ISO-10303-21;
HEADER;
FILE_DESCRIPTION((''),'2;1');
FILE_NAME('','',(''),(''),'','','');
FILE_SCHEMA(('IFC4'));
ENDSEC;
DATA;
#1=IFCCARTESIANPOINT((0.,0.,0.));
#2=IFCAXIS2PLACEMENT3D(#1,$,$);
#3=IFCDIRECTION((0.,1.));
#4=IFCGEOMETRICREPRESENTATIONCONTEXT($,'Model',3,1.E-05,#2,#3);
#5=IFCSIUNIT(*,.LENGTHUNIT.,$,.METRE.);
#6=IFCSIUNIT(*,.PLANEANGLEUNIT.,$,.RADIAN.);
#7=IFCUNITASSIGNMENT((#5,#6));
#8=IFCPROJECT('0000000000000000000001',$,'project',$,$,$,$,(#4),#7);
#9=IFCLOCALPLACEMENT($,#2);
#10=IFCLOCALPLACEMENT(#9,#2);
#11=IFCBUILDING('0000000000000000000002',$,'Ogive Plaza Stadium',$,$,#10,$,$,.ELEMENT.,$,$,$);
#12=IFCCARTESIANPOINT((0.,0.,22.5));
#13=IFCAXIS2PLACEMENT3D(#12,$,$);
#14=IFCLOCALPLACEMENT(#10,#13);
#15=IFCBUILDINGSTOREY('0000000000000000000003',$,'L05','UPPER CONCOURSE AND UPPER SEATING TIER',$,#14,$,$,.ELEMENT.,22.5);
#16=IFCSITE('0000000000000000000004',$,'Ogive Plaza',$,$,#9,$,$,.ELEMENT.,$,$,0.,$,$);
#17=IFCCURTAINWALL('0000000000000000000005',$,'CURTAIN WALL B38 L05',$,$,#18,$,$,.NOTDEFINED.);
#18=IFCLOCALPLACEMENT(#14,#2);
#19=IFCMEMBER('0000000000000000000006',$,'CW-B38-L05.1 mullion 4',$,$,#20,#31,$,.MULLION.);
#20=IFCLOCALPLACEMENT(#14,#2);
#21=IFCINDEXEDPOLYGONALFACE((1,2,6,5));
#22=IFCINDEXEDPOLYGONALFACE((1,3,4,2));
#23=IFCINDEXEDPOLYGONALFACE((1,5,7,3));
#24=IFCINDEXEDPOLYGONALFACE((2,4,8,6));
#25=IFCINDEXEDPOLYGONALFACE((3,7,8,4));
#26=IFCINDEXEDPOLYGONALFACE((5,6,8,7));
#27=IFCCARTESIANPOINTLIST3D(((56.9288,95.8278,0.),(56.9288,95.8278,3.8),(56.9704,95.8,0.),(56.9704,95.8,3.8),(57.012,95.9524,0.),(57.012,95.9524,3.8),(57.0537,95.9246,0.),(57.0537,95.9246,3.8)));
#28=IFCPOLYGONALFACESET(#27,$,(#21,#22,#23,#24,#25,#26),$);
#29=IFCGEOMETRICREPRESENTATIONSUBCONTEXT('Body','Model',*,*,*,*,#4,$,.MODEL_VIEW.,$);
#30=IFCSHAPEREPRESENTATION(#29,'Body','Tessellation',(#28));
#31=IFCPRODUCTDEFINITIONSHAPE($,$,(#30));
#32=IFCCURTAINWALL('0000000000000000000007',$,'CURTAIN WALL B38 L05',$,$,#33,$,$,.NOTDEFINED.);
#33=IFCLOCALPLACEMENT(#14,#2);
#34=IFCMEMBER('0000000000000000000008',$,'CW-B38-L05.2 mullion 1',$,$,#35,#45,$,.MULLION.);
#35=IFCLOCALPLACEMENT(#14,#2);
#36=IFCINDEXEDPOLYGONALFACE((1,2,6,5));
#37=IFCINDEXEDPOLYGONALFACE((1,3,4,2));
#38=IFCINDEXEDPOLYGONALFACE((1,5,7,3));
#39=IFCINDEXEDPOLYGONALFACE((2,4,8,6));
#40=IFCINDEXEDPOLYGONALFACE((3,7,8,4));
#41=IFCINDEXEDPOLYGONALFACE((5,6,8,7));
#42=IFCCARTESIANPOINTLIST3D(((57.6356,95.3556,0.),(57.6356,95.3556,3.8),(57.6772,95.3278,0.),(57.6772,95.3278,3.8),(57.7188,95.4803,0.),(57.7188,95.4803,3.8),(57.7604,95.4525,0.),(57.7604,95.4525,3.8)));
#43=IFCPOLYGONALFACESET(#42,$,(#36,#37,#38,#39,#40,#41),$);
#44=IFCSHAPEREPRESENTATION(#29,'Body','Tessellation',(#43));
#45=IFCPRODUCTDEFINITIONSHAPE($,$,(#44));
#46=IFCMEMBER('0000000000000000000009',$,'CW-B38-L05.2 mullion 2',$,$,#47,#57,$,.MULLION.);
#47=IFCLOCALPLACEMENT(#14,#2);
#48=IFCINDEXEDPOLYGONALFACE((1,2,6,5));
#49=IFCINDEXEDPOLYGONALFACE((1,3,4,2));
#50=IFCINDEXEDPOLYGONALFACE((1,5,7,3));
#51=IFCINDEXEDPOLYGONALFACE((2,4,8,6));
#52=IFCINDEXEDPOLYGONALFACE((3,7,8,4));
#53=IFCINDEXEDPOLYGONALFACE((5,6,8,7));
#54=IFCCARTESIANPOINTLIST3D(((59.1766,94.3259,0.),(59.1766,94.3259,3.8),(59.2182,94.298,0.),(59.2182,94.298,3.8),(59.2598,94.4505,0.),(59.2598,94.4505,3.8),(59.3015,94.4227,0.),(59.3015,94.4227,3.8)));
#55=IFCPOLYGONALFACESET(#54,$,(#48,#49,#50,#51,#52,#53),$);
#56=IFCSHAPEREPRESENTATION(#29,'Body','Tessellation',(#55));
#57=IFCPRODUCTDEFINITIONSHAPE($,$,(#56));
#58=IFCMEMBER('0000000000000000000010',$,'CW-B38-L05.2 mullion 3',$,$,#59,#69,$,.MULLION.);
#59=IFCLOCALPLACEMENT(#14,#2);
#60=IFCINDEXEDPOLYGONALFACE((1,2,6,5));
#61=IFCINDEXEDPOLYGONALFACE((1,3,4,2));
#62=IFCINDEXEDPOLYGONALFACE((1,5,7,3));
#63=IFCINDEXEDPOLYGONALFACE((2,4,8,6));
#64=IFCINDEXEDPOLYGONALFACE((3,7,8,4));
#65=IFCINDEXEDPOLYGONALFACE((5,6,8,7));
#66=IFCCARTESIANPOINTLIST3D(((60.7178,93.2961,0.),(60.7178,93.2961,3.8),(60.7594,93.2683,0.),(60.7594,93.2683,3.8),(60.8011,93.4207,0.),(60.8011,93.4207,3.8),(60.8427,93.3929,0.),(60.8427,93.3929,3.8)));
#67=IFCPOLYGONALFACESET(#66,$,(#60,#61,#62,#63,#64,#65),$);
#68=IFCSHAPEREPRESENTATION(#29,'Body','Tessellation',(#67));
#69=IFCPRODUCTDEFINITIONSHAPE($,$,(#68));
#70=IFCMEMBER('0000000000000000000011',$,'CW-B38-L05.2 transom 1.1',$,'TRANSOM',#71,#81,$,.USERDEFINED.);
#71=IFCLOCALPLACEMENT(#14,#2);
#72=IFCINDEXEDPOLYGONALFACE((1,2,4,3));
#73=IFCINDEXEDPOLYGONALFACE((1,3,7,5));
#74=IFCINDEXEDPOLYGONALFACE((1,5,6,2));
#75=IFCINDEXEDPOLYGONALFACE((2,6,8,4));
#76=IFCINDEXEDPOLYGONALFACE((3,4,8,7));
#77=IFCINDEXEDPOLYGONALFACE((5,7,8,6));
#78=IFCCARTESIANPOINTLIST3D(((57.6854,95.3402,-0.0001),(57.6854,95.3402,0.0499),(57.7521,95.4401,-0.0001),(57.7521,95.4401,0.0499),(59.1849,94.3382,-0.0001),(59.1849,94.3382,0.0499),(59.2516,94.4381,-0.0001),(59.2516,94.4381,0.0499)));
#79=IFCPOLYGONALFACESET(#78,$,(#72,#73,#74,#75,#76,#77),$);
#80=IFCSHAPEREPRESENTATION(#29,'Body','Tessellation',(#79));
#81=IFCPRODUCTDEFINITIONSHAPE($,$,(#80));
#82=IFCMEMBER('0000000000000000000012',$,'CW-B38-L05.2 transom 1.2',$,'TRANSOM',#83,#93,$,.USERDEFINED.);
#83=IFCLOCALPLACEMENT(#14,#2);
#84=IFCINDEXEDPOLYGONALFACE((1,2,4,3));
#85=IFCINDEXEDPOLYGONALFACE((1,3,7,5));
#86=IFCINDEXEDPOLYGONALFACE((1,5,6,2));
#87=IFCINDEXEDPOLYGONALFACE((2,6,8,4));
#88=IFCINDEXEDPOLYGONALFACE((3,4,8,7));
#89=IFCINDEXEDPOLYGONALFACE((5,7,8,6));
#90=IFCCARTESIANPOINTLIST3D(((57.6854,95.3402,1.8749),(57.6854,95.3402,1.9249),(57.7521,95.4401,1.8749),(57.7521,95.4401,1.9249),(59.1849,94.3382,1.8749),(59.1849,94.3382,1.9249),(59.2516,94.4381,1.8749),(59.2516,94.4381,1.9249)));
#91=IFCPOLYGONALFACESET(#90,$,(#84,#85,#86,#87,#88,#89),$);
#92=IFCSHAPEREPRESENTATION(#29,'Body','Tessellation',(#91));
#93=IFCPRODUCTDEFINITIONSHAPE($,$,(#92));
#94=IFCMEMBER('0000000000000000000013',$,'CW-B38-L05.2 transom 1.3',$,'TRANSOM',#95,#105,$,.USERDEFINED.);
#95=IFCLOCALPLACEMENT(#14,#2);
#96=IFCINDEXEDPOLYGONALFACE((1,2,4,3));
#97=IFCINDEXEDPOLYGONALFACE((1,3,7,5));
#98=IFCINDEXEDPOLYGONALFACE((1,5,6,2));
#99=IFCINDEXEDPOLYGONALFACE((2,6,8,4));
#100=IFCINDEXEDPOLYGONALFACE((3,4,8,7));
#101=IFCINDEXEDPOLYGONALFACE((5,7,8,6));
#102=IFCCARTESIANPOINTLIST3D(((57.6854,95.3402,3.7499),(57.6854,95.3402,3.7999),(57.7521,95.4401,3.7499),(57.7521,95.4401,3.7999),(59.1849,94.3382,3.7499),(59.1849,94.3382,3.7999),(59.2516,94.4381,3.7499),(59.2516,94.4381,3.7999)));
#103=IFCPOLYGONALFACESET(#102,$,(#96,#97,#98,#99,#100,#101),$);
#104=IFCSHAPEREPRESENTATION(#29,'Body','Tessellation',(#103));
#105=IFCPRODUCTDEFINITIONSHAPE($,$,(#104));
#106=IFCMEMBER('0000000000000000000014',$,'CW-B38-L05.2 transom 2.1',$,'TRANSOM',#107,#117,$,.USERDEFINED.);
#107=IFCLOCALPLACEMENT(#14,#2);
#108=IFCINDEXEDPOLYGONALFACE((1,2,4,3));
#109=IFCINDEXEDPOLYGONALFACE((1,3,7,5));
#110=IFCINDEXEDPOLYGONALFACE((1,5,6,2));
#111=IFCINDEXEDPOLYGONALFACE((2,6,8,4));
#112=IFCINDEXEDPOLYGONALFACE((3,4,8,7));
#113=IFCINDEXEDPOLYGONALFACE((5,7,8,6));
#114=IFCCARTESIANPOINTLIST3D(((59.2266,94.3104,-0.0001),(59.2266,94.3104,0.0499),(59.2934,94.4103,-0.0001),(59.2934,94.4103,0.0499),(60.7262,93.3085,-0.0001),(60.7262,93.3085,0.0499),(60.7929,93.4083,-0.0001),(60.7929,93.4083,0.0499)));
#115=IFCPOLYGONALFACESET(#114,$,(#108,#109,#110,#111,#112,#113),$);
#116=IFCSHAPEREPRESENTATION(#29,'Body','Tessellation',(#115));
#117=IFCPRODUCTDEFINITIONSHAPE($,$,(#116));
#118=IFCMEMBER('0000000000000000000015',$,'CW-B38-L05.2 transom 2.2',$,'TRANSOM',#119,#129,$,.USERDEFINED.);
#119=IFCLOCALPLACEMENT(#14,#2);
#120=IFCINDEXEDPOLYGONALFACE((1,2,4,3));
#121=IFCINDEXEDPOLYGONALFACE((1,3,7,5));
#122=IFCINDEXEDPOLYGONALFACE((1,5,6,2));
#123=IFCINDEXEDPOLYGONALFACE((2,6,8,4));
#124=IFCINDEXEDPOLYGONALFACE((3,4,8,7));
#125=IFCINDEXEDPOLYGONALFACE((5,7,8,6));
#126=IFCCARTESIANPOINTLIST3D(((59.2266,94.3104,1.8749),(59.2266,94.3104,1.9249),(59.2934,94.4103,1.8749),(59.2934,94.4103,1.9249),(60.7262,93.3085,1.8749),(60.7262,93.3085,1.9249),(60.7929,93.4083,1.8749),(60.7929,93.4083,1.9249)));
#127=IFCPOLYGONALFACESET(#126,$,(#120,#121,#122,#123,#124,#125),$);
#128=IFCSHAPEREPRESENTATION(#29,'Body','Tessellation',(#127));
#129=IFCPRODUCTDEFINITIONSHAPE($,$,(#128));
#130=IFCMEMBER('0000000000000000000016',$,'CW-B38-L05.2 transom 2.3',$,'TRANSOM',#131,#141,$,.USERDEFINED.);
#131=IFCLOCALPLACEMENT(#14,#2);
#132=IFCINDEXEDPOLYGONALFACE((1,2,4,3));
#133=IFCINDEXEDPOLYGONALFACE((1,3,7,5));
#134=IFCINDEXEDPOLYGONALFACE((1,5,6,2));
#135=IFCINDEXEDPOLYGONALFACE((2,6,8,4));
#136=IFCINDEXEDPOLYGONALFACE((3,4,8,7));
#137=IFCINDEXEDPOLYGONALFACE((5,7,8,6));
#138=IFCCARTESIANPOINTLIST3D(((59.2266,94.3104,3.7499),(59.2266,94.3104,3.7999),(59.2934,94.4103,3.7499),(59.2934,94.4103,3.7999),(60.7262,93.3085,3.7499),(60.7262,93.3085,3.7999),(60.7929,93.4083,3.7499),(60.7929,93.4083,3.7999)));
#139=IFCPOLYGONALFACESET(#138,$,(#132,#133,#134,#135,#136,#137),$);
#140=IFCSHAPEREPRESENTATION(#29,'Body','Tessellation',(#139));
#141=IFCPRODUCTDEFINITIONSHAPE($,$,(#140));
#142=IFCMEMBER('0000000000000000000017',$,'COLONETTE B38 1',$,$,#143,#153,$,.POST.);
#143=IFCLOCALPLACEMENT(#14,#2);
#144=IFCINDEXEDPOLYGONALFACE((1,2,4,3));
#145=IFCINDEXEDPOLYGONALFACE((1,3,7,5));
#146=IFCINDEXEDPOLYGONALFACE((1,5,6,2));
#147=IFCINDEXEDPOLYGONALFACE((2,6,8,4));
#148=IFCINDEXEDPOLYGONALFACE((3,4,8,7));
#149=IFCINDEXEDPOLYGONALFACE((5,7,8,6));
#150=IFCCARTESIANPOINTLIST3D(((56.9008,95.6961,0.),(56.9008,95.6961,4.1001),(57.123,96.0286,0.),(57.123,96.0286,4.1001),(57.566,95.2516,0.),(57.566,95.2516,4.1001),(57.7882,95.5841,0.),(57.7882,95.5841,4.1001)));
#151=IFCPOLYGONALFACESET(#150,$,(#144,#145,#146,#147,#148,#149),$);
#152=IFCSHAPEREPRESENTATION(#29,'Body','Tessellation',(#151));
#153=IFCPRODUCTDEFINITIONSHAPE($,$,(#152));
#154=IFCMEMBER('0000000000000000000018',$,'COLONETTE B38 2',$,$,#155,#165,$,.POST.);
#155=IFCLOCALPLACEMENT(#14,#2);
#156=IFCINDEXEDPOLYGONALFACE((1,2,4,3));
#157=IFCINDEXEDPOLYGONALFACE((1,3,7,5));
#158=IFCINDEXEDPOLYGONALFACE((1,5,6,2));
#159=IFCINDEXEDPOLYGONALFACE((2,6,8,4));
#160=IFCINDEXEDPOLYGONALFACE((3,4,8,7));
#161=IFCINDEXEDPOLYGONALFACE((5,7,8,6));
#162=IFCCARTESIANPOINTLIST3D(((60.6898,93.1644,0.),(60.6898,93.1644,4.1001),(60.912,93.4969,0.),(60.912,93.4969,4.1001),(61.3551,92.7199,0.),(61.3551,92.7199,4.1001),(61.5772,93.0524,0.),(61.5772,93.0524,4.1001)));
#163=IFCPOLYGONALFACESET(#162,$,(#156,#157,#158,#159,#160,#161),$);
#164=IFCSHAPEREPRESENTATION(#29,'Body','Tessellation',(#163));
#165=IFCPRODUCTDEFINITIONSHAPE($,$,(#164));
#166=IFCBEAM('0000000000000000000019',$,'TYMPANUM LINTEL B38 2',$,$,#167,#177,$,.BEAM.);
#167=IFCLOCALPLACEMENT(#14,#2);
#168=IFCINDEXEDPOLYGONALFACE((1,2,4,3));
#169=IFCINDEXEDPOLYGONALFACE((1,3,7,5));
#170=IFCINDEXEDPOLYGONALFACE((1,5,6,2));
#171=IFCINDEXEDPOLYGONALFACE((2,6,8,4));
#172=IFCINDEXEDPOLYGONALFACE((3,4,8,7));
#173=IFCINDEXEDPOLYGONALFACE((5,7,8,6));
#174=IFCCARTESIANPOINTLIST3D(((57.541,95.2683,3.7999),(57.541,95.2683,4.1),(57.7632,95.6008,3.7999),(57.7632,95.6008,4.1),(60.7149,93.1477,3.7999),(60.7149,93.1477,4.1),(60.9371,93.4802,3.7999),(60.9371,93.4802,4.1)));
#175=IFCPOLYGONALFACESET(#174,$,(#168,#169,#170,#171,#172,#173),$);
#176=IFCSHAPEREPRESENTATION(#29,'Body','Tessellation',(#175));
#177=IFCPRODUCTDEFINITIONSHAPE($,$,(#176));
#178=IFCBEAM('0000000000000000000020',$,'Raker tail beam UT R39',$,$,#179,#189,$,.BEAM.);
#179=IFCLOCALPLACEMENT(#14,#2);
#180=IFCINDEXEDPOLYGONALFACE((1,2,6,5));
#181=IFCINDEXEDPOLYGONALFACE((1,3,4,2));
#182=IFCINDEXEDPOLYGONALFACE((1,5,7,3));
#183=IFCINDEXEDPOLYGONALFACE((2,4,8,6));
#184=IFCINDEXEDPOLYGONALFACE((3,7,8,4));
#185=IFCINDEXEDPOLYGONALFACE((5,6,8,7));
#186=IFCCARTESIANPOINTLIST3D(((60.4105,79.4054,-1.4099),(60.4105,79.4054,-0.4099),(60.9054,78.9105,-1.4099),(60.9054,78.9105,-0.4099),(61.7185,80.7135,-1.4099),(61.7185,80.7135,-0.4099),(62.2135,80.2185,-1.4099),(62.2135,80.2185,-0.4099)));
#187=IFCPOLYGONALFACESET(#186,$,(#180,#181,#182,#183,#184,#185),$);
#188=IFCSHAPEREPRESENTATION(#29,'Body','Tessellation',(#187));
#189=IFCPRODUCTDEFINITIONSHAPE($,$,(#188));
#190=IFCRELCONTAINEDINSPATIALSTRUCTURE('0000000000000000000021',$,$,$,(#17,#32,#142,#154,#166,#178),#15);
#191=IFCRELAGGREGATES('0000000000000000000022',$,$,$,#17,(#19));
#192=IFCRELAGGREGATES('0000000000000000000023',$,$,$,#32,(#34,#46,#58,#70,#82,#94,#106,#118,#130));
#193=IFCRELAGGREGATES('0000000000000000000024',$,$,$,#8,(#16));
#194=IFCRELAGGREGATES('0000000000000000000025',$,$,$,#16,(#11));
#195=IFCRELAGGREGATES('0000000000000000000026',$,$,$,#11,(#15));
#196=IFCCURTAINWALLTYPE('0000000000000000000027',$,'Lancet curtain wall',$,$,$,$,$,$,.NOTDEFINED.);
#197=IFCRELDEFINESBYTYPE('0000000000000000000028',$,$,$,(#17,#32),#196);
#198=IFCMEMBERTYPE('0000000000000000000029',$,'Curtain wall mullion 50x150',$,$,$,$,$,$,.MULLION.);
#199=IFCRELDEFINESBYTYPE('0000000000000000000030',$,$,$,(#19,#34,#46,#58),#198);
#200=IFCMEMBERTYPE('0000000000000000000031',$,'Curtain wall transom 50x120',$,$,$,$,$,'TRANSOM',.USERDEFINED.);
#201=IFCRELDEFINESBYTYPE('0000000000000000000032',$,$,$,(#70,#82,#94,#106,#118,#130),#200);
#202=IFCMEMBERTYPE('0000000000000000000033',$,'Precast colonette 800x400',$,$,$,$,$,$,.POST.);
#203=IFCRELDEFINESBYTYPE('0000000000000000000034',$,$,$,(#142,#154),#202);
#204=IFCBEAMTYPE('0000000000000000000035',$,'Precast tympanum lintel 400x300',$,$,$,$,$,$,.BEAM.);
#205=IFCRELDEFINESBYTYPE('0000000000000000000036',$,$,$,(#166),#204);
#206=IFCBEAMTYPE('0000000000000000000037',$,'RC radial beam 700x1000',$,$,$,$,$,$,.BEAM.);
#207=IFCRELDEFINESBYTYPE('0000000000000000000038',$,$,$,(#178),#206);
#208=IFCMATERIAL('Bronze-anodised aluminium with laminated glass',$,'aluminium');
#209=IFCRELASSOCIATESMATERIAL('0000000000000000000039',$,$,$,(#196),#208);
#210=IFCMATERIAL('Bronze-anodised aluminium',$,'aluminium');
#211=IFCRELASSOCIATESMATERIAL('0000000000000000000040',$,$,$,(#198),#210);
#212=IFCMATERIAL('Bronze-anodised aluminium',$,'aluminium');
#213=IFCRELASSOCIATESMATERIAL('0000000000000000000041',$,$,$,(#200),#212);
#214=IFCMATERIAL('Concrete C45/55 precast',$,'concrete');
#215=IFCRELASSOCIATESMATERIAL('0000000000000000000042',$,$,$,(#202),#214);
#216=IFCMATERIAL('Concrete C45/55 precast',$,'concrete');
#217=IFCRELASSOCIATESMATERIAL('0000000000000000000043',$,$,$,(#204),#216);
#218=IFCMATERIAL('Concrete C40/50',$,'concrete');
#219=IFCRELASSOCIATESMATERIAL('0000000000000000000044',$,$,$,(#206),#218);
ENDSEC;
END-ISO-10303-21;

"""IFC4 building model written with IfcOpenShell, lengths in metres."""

from ifc_helpers import new_model, si_unit, direction, frame, origin, origin_2d, place, context, subcontext, project, spatial, rectangle, extrude, material, material_profile, profile_set, type_object, element, aggregate, save


model = new_model("IFC4")

# Units and contexts
model_context = context("Model", 3, precision=1e-05, world=origin(), true_north=direction((0.0, 1.0)))
body_context = subcontext(model_context, "Body", "Model", "MODEL_VIEW")
ifc_project = project(units=[si_unit("LENGTHUNIT", "METRE"), si_unit("PLANEANGLEUNIT", "RADIAN")], contexts=[model_context])

# Site, building, storey
site_placement = place(None, origin())
site = spatial("IfcSite", under=ifc_project, at=site_placement, Name="Ogive Plaza", CompositionType="ELEMENT", RefElevation=0.0)
building_placement = place(site_placement, origin())
building = spatial("IfcBuilding", under=site, at=building_placement, Name="Ogive Plaza Stadium", CompositionType="ELEMENT")
storey_placement = place(building_placement, frame((0.0, 0.0, 22.5)))
storey = spatial("IfcBuildingStorey", under=building, at=storey_placement, Name="L05", Description="UPPER CONCOURSE AND UPPER SEATING TIER", CompositionType="ELEMENT", Elevation=22.5)

# Curtain wall, member
ifc_material_1 = material(Name="Bronze-anodised aluminium with laminated glass", Category="aluminium")
curtain_wall_type = type_object("IfcCurtainWallType", Name="Lancet curtain wall", PredefinedType="NOTDEFINED", material=ifc_material_1)
curtain_wall_1_placement = place(storey_placement, origin())
curtain_wall_1 = element("IfcCurtainWall", 1, at=curtain_wall_1_placement, inside=storey, type_object=curtain_wall_type, Name="CURTAIN WALL B38 L05", PredefinedType="NOTDEFINED")
ifc_material_2 = material(Name="Bronze-anodised aluminium", Category="aluminium")
ifc_material_profile_1 = material_profile(ifc_material_2, rectangle(XDim=0.1499, YDim=0.05, at=origin_2d()), Name="AL 150x50")
ifc_profile_set_1 = profile_set([ifc_material_profile_1], Name="Bronze-anodised aluminium")
member_type_1 = type_object("IfcMemberType", Name="Curtain wall mullion 50x150", PredefinedType="MULLION", material=ifc_profile_set_1)
member_1_placement = place(storey_placement, frame((56.9912, 95.8762, 0.0), z_axis=(0.0, 0.0, 1.0), x_axis=(0.55557, 0.83147, 0.0)))
member_1 = element("IfcMember", 2, at=member_1_placement, type_object=member_type_1, Name="CW-B38-L05.1 mullion 4", PredefinedType="MULLION", context=body_context, shape_type="SweptSolid", body=[
    extrude(rectangle(XDim=0.1499, YDim=0.05, at=origin_2d()), origin(), (0.0, 0.0, 1.0), 3.8),
])

# Curtain wall, members
curtain_wall_2_placement = place(storey_placement, origin())
curtain_wall_2 = element("IfcCurtainWall", 3, at=curtain_wall_2_placement, inside=storey, type_object=curtain_wall_type, Name="CURTAIN WALL B38 L05", PredefinedType="NOTDEFINED")
member_2_placement = place(storey_placement, frame((57.698, 95.4041, 0.0), z_axis=(0.0, 0.0, 1.0), x_axis=(0.55557, 0.83147, 0.0)))
member_2 = element("IfcMember", 4, at=member_2_placement, type_object=member_type_1, Name="CW-B38-L05.2 mullion 1", PredefinedType="MULLION", context=body_context, shape_type="SweptSolid", body=[
    extrude(rectangle(XDim=0.1499, YDim=0.05, at=origin_2d()), origin(), (0.0, 0.0, 1.0), 3.8),
])
member_3_placement = place(storey_placement, frame((59.239, 94.3743, 0.0), z_axis=(0.0, 0.0, 1.0), x_axis=(0.55557, 0.83147, 0.0)))
member_3 = element("IfcMember", 5, at=member_3_placement, type_object=member_type_1, Name="CW-B38-L05.2 mullion 2", PredefinedType="MULLION", context=body_context, shape_type="SweptSolid", body=[
    extrude(rectangle(XDim=0.1499, YDim=0.05, at=origin_2d()), origin(), (0.0, 0.0, 1.0), 3.8),
])
member_4_placement = place(storey_placement, frame((60.7803, 93.3445, 0.0), z_axis=(0.0, 0.0, 1.0), x_axis=(0.55557, 0.83147, 0.0)))
member_4 = element("IfcMember", 6, at=member_4_placement, type_object=member_type_1, Name="CW-B38-L05.2 mullion 3", PredefinedType="MULLION", context=body_context, shape_type="SweptSolid", body=[
    extrude(rectangle(XDim=0.1499, YDim=0.05, at=origin_2d()), origin(), (0.0, 0.0, 1.0), 3.8),
])
ifc_material_3 = material(Name="Bronze-anodised aluminium", Category="aluminium")
ifc_material_profile_2 = material_profile(ifc_material_3, rectangle(XDim=0.1201, YDim=0.05, at=origin_2d()), Name="AL 120x50")
ifc_profile_set_2 = profile_set([ifc_material_profile_2], Name="Bronze-anodised aluminium")
member_type_2 = type_object("IfcMemberType", Name="Curtain wall transom 50x120", ElementType="TRANSOM", PredefinedType="USERDEFINED", material=ifc_profile_set_2)
member_5_placement = place(storey_placement, frame((57.7188, 95.3901, 0.0249), z_axis=(0.831467, -0.555575, 0.0), x_axis=(0.555575, 0.831467, 0.0)))
member_5 = element("IfcMember", 7, at=member_5_placement, type_object=member_type_2, Name="CW-B38-L05.2 transom 1.1", ObjectType="TRANSOM", PredefinedType="USERDEFINED", context=body_context, shape_type="SweptSolid", body=[
    extrude(rectangle(XDim=0.1201, YDim=0.05, at=origin_2d()), origin(), (0.0, 0.0, 1.0), 1.8035),
])
member_6_placement = place(storey_placement, frame((57.7188, 95.3901, 1.8999), z_axis=(0.831467, -0.555575, 0.0), x_axis=(0.555575, 0.831467, 0.0)))
member_6 = element("IfcMember", 8, at=member_6_placement, type_object=member_type_2, Name="CW-B38-L05.2 transom 1.2", ObjectType="TRANSOM", PredefinedType="USERDEFINED", context=body_context, shape_type="SweptSolid", body=[
    extrude(rectangle(XDim=0.1201, YDim=0.05, at=origin_2d()), origin(), (0.0, 0.0, 1.0), 1.8035),
])
member_7_placement = place(storey_placement, frame((57.7188, 95.3901, 3.7749), z_axis=(0.831467, -0.555575, 0.0), x_axis=(0.555575, 0.831467, 0.0)))
member_7 = element("IfcMember", 9, at=member_7_placement, type_object=member_type_2, Name="CW-B38-L05.2 transom 1.3", ObjectType="TRANSOM", PredefinedType="USERDEFINED", context=body_context, shape_type="SweptSolid", body=[
    extrude(rectangle(XDim=0.1201, YDim=0.05, at=origin_2d()), origin(), (0.0, 0.0, 1.0), 1.8035),
])
member_8_placement = place(storey_placement, frame((59.26, 94.3604, 0.0249), z_axis=(0.831467, -0.555575, 0.0), x_axis=(0.555575, 0.831467, 0.0)))
member_8 = element("IfcMember", 10, at=member_8_placement, type_object=member_type_2, Name="CW-B38-L05.2 transom 2.1", ObjectType="TRANSOM", PredefinedType="USERDEFINED", context=body_context, shape_type="SweptSolid", body=[
    extrude(rectangle(XDim=0.1201, YDim=0.05, at=origin_2d()), origin(), (0.0, 0.0, 1.0), 1.8035),
])
member_9_placement = place(storey_placement, frame((59.26, 94.3604, 1.8999), z_axis=(0.831467, -0.555575, 0.0), x_axis=(0.555575, 0.831467, 0.0)))
member_9 = element("IfcMember", 11, at=member_9_placement, type_object=member_type_2, Name="CW-B38-L05.2 transom 2.2", ObjectType="TRANSOM", PredefinedType="USERDEFINED", context=body_context, shape_type="SweptSolid", body=[
    extrude(rectangle(XDim=0.1201, YDim=0.05, at=origin_2d()), origin(), (0.0, 0.0, 1.0), 1.8035),
])
member_10_placement = place(storey_placement, frame((59.26, 94.3604, 3.7749), z_axis=(0.831467, -0.555575, 0.0), x_axis=(0.555575, 0.831467, 0.0)))
member_10 = element("IfcMember", 12, at=member_10_placement, type_object=member_type_2, Name="CW-B38-L05.2 transom 2.3", ObjectType="TRANSOM", PredefinedType="USERDEFINED", context=body_context, shape_type="SweptSolid", body=[
    extrude(rectangle(XDim=0.1201, YDim=0.05, at=origin_2d()), origin(), (0.0, 0.0, 1.0), 1.8035),
])

# Members
ifc_material_4 = material(Name="Concrete C45/55 precast", Category="concrete")
ifc_material_profile_3 = material_profile(ifc_material_4, rectangle(XDim=0.3999, YDim=0.8, at=origin_2d()), Name="RC 400x800")
ifc_profile_set_3 = profile_set([ifc_material_profile_3], Name="Concrete C45/55 precast")
member_type_3 = type_object("IfcMemberType", Name="Precast colonette 800x400", PredefinedType="POST", material=ifc_profile_set_3)
for number, where, z_axis, x_axis, name in (
    (13, (57.3445, 95.6401, 0.0), (0.0, 0.0, 1.0), (0.55557, 0.83147, 0.0), "COLONETTE B38 1"),
    (14, (61.1335, 93.1084, 0.0), (0.0, 0.0, 1.0), (0.55557, 0.83147, 0.0), "COLONETTE B38 2"),
):
    element("IfcMember", number, at=place(storey_placement, frame(where, z_axis=z_axis, x_axis=x_axis)), inside=storey, type_object=member_type_3, Name=name, PredefinedType="POST", context=body_context, shape_type="SweptSolid", body=[
        extrude(rectangle(XDim=0.3999, YDim=0.8, at=origin_2d()), origin(), (0.0, 0.0, 1.0), 4.1001),
    ])

# Beams
ifc_material_5 = material(Name="Concrete C45/55 precast", Category="concrete")
ifc_material_profile_4 = material_profile(ifc_material_5, rectangle(XDim=0.3999, YDim=0.3, at=origin_2d()), Name="RC 400x300")
ifc_profile_set_4 = profile_set([ifc_material_profile_4], Name="Concrete C45/55 precast")
beam_type_1 = type_object("IfcBeamType", Name="Precast tympanum lintel 400x300", PredefinedType="BEAM", material=ifc_profile_set_4)
beam_1_placement = place(storey_placement, frame((57.6521, 95.4346, 3.95), z_axis=(0.831479, -0.555556, 0.0), x_axis=(0.555556, 0.831479, 0.0)))
element("IfcBeam", 15, at=beam_1_placement, inside=storey, type_object=beam_type_1, Name="TYMPANUM LINTEL B38 2", PredefinedType="BEAM", context=body_context, shape_type="SweptSolid", body=[
    extrude(rectangle(XDim=0.3999, YDim=0.3, at=origin_2d()), origin(), (0.0, 0.0, 1.0), 3.8171),
])
ifc_material_6 = material(Name="Concrete C40/50", Category="concrete")
ifc_material_profile_5 = material_profile(ifc_material_6, rectangle(XDim=0.7, YDim=1.0, at=origin_2d()), Name="RC 700x1000")
ifc_profile_set_5 = profile_set([ifc_material_profile_5], Name="Concrete C40/50")
beam_type_2 = type_object("IfcBeamType", Name="RC radial beam 700x1000", PredefinedType="BEAM", material=ifc_profile_set_5)
beam_2_placement = place(storey_placement, frame((60.658, 79.158, -0.9099), z_axis=(0.707107, 0.707107, 0.0), x_axis=(-0.707107, 0.707107, 0.0)))
element("IfcBeam", 16, at=beam_2_placement, inside=storey, type_object=beam_type_2, Name="Raker tail beam UT R39", PredefinedType="BEAM", context=body_context, shape_type="SweptSolid", body=[
    extrude(rectangle(XDim=0.7, YDim=1.0, at=origin_2d()), origin(), (0.0, 0.0, 1.0), 1.8499),
])

aggregate(curtain_wall_1, [member_1])
aggregate(curtain_wall_2, [member_2, member_3, member_4, member_5, member_6, member_7, member_8, member_9, member_10])

save(model, "model.ifc")
